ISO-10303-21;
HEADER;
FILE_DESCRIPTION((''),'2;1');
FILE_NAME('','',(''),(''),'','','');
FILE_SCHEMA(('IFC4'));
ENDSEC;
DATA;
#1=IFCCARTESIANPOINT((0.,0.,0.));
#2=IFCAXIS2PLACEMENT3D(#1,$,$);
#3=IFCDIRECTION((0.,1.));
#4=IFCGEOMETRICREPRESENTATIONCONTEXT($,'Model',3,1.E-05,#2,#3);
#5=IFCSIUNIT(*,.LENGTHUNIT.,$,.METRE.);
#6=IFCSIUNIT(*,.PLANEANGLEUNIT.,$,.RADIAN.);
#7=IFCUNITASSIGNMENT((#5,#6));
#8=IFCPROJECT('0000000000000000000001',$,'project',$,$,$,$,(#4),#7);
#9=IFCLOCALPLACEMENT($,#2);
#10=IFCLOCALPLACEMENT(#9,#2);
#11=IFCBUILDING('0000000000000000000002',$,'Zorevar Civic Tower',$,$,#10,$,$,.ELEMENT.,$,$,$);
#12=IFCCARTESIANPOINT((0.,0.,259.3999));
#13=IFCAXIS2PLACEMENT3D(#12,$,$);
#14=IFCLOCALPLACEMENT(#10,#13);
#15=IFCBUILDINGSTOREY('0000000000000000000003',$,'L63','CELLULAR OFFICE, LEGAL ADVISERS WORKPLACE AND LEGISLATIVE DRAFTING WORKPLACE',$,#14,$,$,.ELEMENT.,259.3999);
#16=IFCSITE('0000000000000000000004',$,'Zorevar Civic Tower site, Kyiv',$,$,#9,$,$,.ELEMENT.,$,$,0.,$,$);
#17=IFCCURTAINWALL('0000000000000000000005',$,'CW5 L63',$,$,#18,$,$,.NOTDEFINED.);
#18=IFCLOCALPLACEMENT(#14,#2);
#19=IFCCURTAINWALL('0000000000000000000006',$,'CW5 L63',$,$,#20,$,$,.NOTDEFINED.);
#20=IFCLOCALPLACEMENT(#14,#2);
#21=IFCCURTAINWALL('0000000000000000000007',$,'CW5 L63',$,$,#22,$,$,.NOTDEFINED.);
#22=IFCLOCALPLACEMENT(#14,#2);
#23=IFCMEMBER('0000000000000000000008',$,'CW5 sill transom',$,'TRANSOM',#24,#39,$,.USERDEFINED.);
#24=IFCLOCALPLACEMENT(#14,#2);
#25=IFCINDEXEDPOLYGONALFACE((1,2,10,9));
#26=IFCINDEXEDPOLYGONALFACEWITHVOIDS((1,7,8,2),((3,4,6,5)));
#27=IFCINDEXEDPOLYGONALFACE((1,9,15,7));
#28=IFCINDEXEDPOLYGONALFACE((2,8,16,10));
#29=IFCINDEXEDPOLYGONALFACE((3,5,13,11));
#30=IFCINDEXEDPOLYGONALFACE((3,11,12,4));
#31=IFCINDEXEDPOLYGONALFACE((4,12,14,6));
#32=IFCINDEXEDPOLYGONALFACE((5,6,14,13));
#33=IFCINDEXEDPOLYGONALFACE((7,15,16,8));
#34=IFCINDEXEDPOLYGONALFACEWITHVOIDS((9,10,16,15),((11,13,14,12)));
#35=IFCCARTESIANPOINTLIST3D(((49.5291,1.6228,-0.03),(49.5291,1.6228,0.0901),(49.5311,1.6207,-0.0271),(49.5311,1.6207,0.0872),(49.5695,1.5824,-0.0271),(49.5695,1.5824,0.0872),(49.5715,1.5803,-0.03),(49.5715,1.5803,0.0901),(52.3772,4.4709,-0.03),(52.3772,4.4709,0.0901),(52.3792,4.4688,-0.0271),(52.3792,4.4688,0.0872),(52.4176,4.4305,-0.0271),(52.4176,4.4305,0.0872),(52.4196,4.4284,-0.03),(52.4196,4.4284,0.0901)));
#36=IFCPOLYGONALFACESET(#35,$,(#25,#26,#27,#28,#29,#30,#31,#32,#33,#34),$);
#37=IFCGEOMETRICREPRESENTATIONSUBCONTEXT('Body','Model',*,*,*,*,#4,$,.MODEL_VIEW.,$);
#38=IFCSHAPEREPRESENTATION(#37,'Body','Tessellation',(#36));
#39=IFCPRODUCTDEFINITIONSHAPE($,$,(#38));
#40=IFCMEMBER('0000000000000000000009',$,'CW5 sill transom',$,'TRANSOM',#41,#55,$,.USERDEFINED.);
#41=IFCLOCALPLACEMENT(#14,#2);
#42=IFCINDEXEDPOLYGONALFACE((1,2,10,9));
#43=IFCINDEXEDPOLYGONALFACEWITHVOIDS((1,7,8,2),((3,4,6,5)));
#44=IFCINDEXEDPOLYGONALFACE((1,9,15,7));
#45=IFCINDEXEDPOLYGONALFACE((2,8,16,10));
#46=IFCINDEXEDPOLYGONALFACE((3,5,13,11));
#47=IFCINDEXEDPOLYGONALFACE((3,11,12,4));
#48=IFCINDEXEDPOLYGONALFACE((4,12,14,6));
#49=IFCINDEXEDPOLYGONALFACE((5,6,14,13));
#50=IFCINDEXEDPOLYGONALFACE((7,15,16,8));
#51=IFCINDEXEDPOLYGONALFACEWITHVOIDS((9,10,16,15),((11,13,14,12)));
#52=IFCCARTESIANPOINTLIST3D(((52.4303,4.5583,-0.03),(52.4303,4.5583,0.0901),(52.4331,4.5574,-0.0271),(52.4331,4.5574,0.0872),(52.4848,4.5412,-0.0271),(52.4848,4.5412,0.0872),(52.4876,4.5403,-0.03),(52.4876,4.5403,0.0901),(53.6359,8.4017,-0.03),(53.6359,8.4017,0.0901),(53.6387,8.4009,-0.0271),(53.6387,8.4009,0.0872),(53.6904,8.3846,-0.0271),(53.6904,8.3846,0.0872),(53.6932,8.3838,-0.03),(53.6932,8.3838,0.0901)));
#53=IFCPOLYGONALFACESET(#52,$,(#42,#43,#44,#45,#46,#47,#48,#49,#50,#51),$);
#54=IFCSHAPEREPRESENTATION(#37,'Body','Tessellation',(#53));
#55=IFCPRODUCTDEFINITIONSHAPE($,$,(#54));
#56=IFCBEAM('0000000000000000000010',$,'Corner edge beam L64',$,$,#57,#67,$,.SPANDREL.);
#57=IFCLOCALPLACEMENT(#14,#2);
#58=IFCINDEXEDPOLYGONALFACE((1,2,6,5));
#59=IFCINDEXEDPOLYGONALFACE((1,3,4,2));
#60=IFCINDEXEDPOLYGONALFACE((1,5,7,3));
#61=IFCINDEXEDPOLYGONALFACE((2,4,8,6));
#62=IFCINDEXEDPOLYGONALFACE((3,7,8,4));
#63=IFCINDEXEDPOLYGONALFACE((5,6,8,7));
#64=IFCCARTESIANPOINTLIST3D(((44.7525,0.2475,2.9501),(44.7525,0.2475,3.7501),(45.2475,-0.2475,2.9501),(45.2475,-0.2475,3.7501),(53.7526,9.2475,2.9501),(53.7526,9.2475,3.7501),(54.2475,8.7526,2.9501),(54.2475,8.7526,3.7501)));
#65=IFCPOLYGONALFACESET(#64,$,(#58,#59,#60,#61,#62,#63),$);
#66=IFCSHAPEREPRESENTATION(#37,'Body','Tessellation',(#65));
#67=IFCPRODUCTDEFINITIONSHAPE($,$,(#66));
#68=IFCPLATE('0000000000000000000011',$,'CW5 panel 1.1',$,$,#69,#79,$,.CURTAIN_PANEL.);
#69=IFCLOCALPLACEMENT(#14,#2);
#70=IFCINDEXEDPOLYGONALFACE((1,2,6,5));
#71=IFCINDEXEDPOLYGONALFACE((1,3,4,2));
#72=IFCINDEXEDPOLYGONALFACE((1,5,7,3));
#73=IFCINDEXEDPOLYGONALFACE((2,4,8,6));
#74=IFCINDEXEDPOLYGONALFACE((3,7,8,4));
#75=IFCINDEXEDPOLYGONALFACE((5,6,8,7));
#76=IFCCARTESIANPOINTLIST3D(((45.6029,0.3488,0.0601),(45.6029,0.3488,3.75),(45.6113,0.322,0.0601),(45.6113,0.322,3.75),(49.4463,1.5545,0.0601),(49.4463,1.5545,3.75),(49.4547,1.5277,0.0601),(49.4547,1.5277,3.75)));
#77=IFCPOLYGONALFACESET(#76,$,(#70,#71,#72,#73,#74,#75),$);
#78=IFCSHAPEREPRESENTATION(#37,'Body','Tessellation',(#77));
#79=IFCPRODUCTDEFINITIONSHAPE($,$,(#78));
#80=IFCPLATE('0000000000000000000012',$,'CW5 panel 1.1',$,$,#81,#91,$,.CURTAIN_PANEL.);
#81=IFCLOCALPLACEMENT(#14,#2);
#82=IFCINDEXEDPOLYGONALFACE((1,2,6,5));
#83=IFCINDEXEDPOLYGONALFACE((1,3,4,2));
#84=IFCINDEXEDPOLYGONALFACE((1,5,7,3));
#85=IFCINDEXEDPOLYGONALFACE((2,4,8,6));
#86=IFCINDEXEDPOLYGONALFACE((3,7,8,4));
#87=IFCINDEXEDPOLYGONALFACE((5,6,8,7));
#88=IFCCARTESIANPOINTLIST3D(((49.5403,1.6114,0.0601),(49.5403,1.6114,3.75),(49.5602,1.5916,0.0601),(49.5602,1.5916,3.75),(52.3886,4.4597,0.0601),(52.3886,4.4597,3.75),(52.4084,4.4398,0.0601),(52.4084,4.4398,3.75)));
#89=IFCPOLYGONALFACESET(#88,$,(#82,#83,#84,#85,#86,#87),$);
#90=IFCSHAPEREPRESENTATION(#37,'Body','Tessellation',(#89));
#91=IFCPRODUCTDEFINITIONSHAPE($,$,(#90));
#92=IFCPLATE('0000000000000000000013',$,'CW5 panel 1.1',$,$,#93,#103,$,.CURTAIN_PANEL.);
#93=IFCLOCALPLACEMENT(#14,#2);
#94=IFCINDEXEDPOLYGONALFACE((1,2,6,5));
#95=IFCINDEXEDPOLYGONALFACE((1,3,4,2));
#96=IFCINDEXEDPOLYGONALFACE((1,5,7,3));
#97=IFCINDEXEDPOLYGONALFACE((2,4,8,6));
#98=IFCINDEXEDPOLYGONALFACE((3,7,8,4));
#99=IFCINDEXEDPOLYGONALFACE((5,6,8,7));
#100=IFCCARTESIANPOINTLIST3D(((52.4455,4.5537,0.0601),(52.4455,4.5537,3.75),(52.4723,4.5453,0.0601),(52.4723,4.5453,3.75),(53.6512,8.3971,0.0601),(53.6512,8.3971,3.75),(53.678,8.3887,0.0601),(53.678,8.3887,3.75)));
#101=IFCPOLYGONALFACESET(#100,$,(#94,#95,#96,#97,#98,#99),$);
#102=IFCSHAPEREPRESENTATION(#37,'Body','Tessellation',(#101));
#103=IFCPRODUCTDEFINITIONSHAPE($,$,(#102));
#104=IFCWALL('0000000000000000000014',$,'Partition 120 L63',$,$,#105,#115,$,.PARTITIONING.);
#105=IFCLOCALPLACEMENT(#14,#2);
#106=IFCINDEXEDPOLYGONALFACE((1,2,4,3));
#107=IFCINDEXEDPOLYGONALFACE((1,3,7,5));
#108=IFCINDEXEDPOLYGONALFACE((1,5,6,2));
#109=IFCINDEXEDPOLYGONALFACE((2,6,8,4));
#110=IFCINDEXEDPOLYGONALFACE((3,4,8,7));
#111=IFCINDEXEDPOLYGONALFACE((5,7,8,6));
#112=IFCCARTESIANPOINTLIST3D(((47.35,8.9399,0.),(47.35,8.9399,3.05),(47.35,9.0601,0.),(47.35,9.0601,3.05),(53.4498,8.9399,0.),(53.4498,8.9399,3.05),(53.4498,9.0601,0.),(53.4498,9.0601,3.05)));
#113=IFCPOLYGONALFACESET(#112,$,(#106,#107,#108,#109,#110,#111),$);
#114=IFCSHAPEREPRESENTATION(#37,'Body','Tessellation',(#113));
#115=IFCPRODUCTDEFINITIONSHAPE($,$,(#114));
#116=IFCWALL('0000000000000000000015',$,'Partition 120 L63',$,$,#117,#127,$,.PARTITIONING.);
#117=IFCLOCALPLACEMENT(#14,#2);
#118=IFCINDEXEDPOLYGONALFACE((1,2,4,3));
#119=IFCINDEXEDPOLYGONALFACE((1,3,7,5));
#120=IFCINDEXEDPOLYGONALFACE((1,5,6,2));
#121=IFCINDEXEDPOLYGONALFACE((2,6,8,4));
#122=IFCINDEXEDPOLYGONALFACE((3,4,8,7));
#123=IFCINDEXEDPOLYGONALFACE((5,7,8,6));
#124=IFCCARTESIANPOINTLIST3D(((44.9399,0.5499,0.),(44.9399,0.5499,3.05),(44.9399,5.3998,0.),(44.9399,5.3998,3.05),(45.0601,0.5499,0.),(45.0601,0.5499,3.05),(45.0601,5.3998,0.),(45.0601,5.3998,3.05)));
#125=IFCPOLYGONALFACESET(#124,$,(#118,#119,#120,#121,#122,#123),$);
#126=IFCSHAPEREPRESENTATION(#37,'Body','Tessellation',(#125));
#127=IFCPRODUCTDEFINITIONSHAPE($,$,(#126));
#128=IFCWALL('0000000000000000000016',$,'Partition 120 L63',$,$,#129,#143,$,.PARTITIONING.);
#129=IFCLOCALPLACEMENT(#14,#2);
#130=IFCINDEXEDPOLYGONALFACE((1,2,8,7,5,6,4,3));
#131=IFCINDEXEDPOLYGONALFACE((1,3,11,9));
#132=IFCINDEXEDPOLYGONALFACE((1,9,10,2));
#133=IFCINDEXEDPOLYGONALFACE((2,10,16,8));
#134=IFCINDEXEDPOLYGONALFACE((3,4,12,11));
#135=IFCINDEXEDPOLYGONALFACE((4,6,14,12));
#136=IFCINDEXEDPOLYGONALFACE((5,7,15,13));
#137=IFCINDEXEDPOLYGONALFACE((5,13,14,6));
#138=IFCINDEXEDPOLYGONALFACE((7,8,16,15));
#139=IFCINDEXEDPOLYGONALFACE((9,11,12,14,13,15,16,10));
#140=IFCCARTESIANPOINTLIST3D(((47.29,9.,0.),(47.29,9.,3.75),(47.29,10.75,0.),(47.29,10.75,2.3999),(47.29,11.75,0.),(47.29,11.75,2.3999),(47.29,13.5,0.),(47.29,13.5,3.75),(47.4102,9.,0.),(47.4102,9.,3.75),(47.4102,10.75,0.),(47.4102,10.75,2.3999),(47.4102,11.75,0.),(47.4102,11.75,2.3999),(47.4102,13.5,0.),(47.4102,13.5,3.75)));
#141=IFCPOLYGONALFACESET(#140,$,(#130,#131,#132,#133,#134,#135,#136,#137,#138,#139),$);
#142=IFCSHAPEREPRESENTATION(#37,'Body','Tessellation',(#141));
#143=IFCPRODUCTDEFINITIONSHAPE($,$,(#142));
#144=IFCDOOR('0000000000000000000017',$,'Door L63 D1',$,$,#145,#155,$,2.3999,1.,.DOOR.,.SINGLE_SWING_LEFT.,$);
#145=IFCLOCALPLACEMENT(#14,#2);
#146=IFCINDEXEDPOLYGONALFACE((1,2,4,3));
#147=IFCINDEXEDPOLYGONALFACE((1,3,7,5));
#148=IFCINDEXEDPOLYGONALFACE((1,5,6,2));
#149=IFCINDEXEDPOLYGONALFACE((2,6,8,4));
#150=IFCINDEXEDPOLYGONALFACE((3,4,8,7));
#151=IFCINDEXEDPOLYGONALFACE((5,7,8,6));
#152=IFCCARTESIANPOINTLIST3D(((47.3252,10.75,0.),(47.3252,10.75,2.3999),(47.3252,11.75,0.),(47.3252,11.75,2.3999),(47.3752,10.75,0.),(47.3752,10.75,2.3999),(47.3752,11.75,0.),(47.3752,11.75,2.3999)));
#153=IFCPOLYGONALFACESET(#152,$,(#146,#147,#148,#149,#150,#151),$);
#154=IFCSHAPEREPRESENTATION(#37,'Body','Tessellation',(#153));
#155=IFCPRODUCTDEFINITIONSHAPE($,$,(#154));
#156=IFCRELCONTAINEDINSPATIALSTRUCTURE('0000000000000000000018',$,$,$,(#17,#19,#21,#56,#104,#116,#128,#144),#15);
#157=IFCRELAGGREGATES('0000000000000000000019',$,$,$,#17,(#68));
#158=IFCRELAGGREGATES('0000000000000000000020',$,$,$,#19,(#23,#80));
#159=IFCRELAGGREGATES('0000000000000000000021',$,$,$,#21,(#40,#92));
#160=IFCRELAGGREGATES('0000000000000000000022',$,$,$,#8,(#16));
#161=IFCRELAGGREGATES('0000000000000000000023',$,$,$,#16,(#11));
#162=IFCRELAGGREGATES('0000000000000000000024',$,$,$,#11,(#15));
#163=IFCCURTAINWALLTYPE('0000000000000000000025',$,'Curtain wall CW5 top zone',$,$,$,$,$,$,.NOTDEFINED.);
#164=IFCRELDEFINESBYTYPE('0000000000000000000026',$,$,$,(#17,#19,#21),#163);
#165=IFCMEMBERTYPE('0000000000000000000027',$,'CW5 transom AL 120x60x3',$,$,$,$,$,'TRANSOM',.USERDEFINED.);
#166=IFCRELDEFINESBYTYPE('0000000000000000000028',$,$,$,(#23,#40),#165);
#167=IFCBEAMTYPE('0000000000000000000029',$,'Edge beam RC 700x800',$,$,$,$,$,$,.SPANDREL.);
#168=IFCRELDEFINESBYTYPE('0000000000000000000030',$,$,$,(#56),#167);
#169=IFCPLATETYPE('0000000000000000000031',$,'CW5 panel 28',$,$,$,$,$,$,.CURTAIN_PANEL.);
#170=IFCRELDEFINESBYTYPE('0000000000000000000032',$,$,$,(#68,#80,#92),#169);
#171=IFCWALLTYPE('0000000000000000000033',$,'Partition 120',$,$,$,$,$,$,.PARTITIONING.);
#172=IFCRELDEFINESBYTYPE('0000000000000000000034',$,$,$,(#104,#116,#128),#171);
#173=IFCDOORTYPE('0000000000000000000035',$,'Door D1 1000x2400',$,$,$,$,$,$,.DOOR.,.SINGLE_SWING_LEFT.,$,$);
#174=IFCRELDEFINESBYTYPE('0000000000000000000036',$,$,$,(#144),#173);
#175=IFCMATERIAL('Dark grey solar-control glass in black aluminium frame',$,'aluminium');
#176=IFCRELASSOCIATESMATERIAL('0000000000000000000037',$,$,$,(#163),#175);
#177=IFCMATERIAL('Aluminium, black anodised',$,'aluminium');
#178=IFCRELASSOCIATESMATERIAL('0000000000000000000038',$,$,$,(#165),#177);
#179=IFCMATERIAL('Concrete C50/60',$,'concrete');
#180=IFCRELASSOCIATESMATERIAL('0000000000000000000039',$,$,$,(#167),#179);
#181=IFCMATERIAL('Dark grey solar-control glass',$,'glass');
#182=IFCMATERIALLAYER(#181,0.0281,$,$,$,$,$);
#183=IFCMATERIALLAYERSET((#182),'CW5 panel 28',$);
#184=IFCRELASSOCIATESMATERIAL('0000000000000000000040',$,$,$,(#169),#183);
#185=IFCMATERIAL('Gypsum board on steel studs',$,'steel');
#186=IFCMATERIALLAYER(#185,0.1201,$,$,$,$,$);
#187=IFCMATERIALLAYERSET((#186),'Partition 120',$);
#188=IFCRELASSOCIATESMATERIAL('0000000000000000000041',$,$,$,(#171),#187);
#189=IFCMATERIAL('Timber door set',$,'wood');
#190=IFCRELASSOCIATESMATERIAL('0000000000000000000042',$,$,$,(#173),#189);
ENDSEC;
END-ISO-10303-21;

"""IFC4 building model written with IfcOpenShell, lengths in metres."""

from ifc_helpers import new_model, si_unit, direction, frame, frame_2d, origin, origin_2d, place, context, subcontext, project, spatial, rectangle, hollow_rectangle, extrude, material, layer, layer_set, material_profile, profile_set, type_object, element, fill, aggregate, save


model = new_model("IFC4")

# Units and contexts
model_context = context("Model", 3, precision=1e-05, world=origin(), true_north=direction((0.0, 1.0)))
body_context = subcontext(model_context, "Body", "Model", "MODEL_VIEW")
ifc_project = project(units=[si_unit("LENGTHUNIT", "METRE"), si_unit("PLANEANGLEUNIT", "RADIAN")], contexts=[model_context])

# Site, building, storey
site_placement = place(None, origin())
site = spatial("IfcSite", under=ifc_project, at=site_placement, Name="Zorevar Civic Tower site, Kyiv", CompositionType="ELEMENT", RefElevation=0.0)
building_placement = place(site_placement, origin())
building = spatial("IfcBuilding", under=site, at=building_placement, Name="Zorevar Civic Tower", CompositionType="ELEMENT")
storey_placement = place(building_placement, frame((0.0, 0.0, 259.3999)))
storey = spatial("IfcBuildingStorey", under=building, at=storey_placement, Name="L63", Description="CELLULAR OFFICE, LEGAL ADVISERS WORKPLACE AND LEGISLATIVE DRAFTING WORKPLACE", CompositionType="ELEMENT", Elevation=259.3999)

# Curtain walls
ifc_material_1 = material(Name="Dark grey solar-control glass in black aluminium frame", Category="aluminium")
curtain_wall_type = type_object("IfcCurtainWallType", Name="Curtain wall CW5 top zone", PredefinedType="NOTDEFINED", material=ifc_material_1)
curtain_wall_1_placement = place(storey_placement, origin())
curtain_wall_1 = element("IfcCurtainWall", 1, at=curtain_wall_1_placement, inside=storey, type_object=curtain_wall_type, Name="CW5 L63", PredefinedType="NOTDEFINED")
curtain_wall_2_placement = place(storey_placement, origin())
curtain_wall_2 = element("IfcCurtainWall", 2, at=curtain_wall_2_placement, inside=storey, type_object=curtain_wall_type, Name="CW5 L63", PredefinedType="NOTDEFINED")
curtain_wall_3_placement = place(storey_placement, origin())
curtain_wall_3 = element("IfcCurtainWall", 3, at=curtain_wall_3_placement, inside=storey, type_object=curtain_wall_type, Name="CW5 L63", PredefinedType="NOTDEFINED")

# Members
ifc_material_2 = material(Name="Aluminium, black anodised", Category="aluminium")
ifc_material_profile_1 = material_profile(ifc_material_2, hollow_rectangle(XDim=0.0601, YDim=0.1201, WallThickness=0.0029, at=origin_2d()), Name="AL 120x60x3")
ifc_profile_set_1 = profile_set([ifc_material_profile_1], Name="Aluminium, black anodised")
member_type_1 = type_object("IfcMemberType", Name="CW5 transom AL 120x60x3", ElementType="TRANSOM", PredefinedType="USERDEFINED", material=ifc_profile_set_1)
member_1_placement = place(storey_placement, frame((49.5503, 1.6016, 0.03), z_axis=(0.707107, 0.707107, 0.0), x_axis=(-0.707107, 0.707107, 0.0)))
member_1 = element("IfcMember", 4, at=member_1_placement, type_object=member_type_1, Name="CW5 sill transom", ObjectType="TRANSOM", PredefinedType="USERDEFINED", context=body_context, shape_type="SweptSolid", body=[
    extrude(hollow_rectangle(XDim=0.0601, YDim=0.1201, WallThickness=0.0029, at=origin_2d()), origin(), (0.0, 0.0, 1.0), 4.0278),
])
member_2_placement = place(storey_placement, frame((52.459, 4.5493, 0.03), z_axis=(0.299286, 0.954163, 0.0), x_axis=(-0.954163, 0.299286, 0.0)))
member_2 = element("IfcMember", 5, at=member_2_placement, type_object=member_type_1, Name="CW5 sill transom", ObjectType="TRANSOM", PredefinedType="USERDEFINED", context=body_context, shape_type="SweptSolid", body=[
    extrude(hollow_rectangle(XDim=0.0601, YDim=0.1201, WallThickness=0.0029, at=origin_2d()), origin(), (0.0, 0.0, 1.0), 4.0281),
])

# Beam
ifc_material_3 = material(Name="Concrete C50/60", Category="concrete")
ifc_material_profile_2 = material_profile(ifc_material_3, rectangle(XDim=0.7, YDim=0.8, at=origin_2d()), Name="RC 700x800")
ifc_profile_set_2 = profile_set([ifc_material_profile_2], Name="Concrete C50/60")
beam_type_1 = type_object("IfcBeamType", Name="Edge beam RC 700x800", PredefinedType="SPANDREL", material=ifc_profile_set_2)
beam_1_placement = place(storey_placement, frame((45.0, 0.0, 3.3501), z_axis=(0.707107, 0.707107, 0.0), x_axis=(-0.707107, 0.707107, 0.0)))
element("IfcBeam", 6, at=beam_1_placement, inside=storey, type_object=beam_type_1, Name="Corner edge beam L64", PredefinedType="SPANDREL", context=body_context, shape_type="SweptSolid", body=[
    extrude(rectangle(XDim=0.7, YDim=0.8, at=origin_2d()), origin(), (0.0, 0.0, 1.0), 12.728),
])

# Plates
ifc_material_4 = material(Name="Dark grey solar-control glass", Category="glass")
ifc_layer_1 = layer(ifc_material_4, 0.0281)
ifc_layer_set_1 = layer_set([ifc_layer_1], Name="CW5 panel 28")
plate_type = type_object("IfcPlateType", Name="CW5 panel 28", PredefinedType="CURTAIN_PANEL", material=ifc_layer_set_1)
plate_1_placement = place(storey_placement, frame((47.5288, 0.9382, 0.0601), z_axis=(0.0, 0.0, 1.0), x_axis=(0.954153, 0.299318, 0.0)))
plate_1 = element("IfcPlate", 7, at=plate_1_placement, type_object=plate_type, Name="CW5 panel 1.1", PredefinedType="CURTAIN_PANEL", context=body_context, shape_type="SweptSolid", body=[
    extrude(rectangle(XDim=4.0281, YDim=0.0281, at=origin_2d()), origin(), (0.0, 0.0, 1.0), 3.6899),
])
aggregate(curtain_wall_1, [plate_1])
plate_2_placement = place(storey_placement, frame((50.9744, 3.0256, 0.0601), z_axis=(0.0, 0.0, 1.0), x_axis=(0.707107, 0.707107, 0.0)))
plate_2 = element("IfcPlate", 8, at=plate_2_placement, type_object=plate_type, Name="CW5 panel 1.1", PredefinedType="CURTAIN_PANEL", context=body_context, shape_type="SweptSolid", body=[
    extrude(rectangle(XDim=4.0281, YDim=0.0281, at=origin_2d()), origin(), (0.0, 0.0, 1.0), 3.6899),
])
aggregate(curtain_wall_2, [member_1, plate_2])
plate_3_placement = place(storey_placement, frame((53.0618, 6.4712, 0.0601), z_axis=(0.0, 0.0, 1.0), x_axis=(0.299318, 0.954153, 0.0)))
plate_3 = element("IfcPlate", 9, at=plate_3_placement, type_object=plate_type, Name="CW5 panel 1.1", PredefinedType="CURTAIN_PANEL", context=body_context, shape_type="SweptSolid", body=[
    extrude(rectangle(XDim=4.0281, YDim=0.0281, at=origin_2d()), origin(), (0.0, 0.0, 1.0), 3.6899),
])
aggregate(curtain_wall_3, [member_2, plate_3])

# Walls
ifc_material_5 = material(Name="Gypsum board on steel studs", Category="steel")
ifc_layer_2 = layer(ifc_material_5, 0.1201)
ifc_layer_set_2 = layer_set([ifc_layer_2], Name="Partition 120")
wall_type = type_object("IfcWallType", Name="Partition 120", PredefinedType="PARTITIONING", material=ifc_layer_set_2)
wall_1_placement = place(storey_placement, frame((47.3501, 9.0, 0.0), z_axis=(0.0, 0.0, 1.0), x_axis=(1.0, 0.0, 0.0)))
element("IfcWall", 10, at=wall_1_placement, inside=storey, type_object=wall_type, Name="Partition 120 L63", PredefinedType="PARTITIONING", context=body_context, shape_type="SweptSolid", body=[
    extrude(rectangle(XDim=6.0999, YDim=0.1201, at=frame_2d((3.0498, 0.0))), origin(), (0.0, 0.0, 1.0), 3.05),
])
wall_2_placement = place(storey_placement, frame((45.0, 0.55, 0.0), z_axis=(0.0, 0.0, 1.0), x_axis=(0.0, 1.0, 0.0)))
element("IfcWall", 11, at=wall_2_placement, inside=storey, type_object=wall_type, Name="Partition 120 L63", PredefinedType="PARTITIONING", context=body_context, shape_type="SweptSolid", body=[
    extrude(rectangle(XDim=4.8499, YDim=0.1201, at=frame_2d((2.4248, 0.0))), origin(), (0.0, 0.0, 1.0), 3.05),
])

# Wall, opening, door
wall_3_placement = place(storey_placement, frame((47.3501, 9.0, 0.0), z_axis=(0.0, 0.0, 1.0), x_axis=(0.0, 1.0, 0.0)))
wall_3 = element("IfcWall", 12, at=wall_3_placement, inside=storey, type_object=wall_type, Name="Partition 120 L63", PredefinedType="PARTITIONING", context=body_context, shape_type="SweptSolid", body=[
    extrude(rectangle(XDim=4.5, YDim=0.1201, at=frame_2d((2.25, 0.0))), origin(), (0.0, 0.0, 1.0), 3.75),
])
opening_placement = place(wall_3_placement, frame((1.75, 0.0, 0.0)))
opening = element("IfcOpeningElement", 13, at=opening_placement, cuts=wall_3, PredefinedType="OPENING", context=body_context, shape_type="SweptSolid", body=[
    extrude(rectangle(XDim=1.0, YDim=2.3999, at=frame_2d((0.5, 1.2))), frame((0.0, 0.0701, 0.0), z_axis=(0.0, -1.0, 0.0), x_axis=(1.0, 0.0, 0.0)), (0.0, 0.0, 1.0), 0.1401),
])
ifc_material_6 = material(Name="Timber door set", Category="wood")
door_type = type_object("IfcDoorType", Name="Door D1 1000x2400", OperationType="SINGLE_SWING_LEFT", PredefinedType="DOOR", material=ifc_material_6)
door_placement = place(opening_placement, origin())
door = element("IfcDoor", 14, at=door_placement, inside=storey, type_object=door_type, Name="Door L63 D1", OperationType="SINGLE_SWING_LEFT", OverallHeight=2.3999, OverallWidth=1.0, PredefinedType="DOOR", context=body_context, shape_type="SweptSolid", body=[
    extrude(rectangle(XDim=1.0, YDim=2.3999, at=frame_2d((0.5, 1.2))), frame((0.0, 0.0249, 0.0), z_axis=(0.0, -1.0, 0.0), x_axis=(1.0, 0.0, 0.0)), (0.0, 0.0, 1.0), 0.05),
])
fill(opening, door)

save(model, "model.ifc")
